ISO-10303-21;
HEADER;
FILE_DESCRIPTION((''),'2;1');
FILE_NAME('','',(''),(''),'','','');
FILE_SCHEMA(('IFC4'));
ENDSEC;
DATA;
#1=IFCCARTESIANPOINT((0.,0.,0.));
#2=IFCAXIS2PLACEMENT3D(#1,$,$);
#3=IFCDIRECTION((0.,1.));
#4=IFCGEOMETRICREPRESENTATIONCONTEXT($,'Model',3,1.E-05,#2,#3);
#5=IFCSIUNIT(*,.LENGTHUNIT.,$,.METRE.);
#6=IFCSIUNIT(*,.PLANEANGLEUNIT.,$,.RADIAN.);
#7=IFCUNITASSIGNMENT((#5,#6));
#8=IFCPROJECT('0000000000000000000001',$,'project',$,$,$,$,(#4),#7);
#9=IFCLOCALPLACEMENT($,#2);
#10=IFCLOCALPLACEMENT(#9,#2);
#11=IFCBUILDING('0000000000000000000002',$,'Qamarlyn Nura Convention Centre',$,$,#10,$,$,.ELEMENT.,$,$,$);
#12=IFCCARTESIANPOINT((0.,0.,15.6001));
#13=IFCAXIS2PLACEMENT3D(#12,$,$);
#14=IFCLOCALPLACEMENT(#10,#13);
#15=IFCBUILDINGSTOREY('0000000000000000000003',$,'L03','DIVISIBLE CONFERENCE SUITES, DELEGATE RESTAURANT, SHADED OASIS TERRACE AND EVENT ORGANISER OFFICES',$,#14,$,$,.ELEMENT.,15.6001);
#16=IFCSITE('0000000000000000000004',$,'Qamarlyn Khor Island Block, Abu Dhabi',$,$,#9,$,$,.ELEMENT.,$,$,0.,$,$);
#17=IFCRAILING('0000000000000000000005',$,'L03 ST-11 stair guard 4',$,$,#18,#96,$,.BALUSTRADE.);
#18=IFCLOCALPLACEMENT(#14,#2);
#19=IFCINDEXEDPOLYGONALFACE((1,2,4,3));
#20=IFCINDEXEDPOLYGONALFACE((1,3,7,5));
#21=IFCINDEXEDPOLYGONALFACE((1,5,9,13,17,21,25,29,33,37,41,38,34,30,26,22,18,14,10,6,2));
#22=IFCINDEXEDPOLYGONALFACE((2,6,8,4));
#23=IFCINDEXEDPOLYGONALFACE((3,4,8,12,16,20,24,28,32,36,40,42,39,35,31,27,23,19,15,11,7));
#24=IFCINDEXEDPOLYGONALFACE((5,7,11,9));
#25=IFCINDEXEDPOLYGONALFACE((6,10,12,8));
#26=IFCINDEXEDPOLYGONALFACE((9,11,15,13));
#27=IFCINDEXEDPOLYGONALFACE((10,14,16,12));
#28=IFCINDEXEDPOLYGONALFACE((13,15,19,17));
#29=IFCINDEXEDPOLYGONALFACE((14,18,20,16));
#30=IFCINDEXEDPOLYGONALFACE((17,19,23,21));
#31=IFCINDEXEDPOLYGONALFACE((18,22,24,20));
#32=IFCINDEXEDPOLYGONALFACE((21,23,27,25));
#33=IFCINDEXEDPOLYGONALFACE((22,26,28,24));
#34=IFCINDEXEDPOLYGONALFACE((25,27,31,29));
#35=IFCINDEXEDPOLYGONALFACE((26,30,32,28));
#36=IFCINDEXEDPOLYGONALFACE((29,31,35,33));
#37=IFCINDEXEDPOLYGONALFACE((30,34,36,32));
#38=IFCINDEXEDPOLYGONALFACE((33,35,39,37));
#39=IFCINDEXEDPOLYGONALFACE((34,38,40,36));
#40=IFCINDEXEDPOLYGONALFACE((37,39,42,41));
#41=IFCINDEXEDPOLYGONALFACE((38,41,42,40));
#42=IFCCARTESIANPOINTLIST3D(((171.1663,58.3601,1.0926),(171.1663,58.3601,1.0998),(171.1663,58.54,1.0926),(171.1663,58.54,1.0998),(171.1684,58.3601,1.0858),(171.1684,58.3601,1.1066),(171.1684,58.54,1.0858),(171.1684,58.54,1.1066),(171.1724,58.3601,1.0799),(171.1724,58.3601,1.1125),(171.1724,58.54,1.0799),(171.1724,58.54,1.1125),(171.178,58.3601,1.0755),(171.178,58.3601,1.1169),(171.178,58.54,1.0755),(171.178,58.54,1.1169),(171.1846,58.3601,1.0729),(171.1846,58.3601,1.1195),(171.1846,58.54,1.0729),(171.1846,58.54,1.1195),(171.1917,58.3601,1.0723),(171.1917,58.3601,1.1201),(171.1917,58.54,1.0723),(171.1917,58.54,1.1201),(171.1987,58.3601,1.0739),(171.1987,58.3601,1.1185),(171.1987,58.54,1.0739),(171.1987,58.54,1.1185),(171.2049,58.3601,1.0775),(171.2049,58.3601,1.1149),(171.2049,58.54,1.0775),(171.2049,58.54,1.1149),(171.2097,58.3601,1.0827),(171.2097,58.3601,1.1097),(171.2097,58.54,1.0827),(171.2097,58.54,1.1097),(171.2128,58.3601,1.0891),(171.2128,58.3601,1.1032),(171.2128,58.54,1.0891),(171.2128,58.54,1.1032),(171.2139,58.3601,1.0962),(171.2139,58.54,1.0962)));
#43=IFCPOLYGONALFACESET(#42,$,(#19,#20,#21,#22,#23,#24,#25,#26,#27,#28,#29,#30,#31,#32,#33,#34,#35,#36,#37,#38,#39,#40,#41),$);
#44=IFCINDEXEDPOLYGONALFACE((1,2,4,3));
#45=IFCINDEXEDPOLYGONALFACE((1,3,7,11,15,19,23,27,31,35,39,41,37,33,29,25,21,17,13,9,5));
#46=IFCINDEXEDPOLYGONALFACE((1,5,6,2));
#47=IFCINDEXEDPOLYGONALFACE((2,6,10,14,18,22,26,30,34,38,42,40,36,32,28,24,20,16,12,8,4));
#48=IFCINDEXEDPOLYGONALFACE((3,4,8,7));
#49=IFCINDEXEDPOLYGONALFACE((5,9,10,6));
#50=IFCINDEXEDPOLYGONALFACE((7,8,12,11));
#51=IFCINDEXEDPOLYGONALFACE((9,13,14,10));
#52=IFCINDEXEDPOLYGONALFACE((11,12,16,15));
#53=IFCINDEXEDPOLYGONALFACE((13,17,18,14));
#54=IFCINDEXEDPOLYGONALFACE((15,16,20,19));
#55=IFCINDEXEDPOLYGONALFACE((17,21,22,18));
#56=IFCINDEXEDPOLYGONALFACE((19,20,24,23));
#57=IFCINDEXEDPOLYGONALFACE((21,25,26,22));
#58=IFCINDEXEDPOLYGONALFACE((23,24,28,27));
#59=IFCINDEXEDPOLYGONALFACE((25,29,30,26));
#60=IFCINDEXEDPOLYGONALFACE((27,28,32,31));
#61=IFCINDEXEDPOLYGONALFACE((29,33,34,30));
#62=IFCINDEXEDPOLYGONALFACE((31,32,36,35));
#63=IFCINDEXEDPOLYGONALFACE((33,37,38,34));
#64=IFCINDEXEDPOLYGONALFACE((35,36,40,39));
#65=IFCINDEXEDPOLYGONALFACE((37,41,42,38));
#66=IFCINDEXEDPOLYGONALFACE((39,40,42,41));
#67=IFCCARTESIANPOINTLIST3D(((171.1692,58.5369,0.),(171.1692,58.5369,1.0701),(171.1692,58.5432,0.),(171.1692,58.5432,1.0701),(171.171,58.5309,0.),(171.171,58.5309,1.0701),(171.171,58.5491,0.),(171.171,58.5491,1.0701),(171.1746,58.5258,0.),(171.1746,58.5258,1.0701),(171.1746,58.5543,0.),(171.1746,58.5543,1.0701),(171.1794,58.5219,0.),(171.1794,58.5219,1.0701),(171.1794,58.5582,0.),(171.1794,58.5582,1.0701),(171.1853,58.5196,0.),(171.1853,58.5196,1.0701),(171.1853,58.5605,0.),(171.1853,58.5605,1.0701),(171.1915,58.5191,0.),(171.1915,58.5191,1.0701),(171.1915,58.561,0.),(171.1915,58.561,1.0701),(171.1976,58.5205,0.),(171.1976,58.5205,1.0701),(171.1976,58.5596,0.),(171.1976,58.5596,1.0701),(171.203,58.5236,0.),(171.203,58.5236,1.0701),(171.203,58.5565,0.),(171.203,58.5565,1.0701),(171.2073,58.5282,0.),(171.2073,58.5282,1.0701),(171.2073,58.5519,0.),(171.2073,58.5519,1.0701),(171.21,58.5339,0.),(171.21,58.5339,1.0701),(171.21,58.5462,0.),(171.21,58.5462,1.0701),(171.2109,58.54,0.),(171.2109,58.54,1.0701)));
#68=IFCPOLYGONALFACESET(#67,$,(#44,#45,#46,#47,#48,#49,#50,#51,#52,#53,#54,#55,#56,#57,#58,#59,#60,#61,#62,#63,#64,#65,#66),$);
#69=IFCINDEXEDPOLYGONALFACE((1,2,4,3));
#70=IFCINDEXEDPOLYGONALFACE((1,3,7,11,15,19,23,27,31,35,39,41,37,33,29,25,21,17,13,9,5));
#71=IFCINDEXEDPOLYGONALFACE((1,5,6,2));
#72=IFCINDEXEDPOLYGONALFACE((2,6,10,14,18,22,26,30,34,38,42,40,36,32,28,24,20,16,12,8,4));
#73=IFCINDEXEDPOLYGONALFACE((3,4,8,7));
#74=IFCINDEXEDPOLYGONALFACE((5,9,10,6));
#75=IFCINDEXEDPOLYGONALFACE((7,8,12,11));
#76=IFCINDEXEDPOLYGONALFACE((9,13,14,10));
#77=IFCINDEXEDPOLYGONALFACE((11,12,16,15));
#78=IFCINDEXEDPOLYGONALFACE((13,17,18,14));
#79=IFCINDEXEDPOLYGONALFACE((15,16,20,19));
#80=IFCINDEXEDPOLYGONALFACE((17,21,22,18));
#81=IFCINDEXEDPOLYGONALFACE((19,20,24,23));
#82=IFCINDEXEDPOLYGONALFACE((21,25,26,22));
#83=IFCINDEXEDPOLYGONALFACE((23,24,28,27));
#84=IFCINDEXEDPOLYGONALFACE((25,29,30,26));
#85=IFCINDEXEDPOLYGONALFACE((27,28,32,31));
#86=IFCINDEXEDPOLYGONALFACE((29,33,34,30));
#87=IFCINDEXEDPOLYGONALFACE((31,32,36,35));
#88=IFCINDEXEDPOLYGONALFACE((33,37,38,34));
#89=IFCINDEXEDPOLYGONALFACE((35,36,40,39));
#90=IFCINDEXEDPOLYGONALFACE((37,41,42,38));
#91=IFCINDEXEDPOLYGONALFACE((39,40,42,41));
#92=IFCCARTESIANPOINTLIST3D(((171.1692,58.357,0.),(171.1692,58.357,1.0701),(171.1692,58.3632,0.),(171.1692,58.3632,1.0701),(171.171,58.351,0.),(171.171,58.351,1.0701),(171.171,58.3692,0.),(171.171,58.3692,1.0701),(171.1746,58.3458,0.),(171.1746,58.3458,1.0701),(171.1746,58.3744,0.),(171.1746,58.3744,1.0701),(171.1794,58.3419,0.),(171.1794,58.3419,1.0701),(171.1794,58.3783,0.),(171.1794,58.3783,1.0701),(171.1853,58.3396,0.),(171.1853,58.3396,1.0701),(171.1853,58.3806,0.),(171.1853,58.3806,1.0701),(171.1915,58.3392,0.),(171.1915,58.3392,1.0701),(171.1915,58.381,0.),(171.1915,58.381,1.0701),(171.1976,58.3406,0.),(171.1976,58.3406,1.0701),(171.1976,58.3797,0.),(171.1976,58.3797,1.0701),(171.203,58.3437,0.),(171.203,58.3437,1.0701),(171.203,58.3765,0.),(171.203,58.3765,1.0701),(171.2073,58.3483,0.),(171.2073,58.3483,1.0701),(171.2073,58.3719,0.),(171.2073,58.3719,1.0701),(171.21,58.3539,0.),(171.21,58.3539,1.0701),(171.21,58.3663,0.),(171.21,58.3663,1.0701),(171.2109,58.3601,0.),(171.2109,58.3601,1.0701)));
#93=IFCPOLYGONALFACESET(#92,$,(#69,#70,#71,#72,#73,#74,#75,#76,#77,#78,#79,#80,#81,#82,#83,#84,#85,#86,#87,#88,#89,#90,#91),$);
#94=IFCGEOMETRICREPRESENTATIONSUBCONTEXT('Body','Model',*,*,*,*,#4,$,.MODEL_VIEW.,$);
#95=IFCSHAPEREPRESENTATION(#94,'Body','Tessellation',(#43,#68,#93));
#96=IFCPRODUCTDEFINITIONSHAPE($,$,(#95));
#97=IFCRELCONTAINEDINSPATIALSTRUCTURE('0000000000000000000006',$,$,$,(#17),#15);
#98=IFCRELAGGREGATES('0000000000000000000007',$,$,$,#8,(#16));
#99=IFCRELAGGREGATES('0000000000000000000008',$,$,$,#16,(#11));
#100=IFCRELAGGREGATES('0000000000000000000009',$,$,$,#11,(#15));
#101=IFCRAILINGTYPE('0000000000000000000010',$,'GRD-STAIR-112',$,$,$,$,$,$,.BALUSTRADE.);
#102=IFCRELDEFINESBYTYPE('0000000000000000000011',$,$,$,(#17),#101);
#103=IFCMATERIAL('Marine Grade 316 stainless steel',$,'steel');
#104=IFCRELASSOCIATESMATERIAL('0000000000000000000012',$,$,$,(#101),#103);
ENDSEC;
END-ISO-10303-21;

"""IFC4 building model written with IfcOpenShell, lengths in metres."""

from ifc_helpers import new_model, si_unit, direction, frame, origin, origin_2d, place, context, subcontext, project, spatial, circle, extrude, material, type_object, element, save


model = new_model("IFC4")

# Units and contexts
model_context = context("Model", 3, precision=1e-05, world=origin(), true_north=direction((0.0, 1.0)))
body_context = subcontext(model_context, "Body", "Model", "MODEL_VIEW")
ifc_project = project(units=[si_unit("LENGTHUNIT", "METRE"), si_unit("PLANEANGLEUNIT", "RADIAN")], contexts=[model_context])

# Site, building, storey
site_placement = place(None, origin())
site = spatial("IfcSite", under=ifc_project, at=site_placement, Name="Qamarlyn Khor Island Block, Abu Dhabi", CompositionType="ELEMENT", RefElevation=0.0)
building_placement = place(site_placement, origin())
building = spatial("IfcBuilding", under=site, at=building_placement, Name="Qamarlyn Nura Convention Centre", CompositionType="ELEMENT")
storey_placement = place(building_placement, frame((0.0, 0.0, 15.6001)))
storey = spatial("IfcBuildingStorey", under=building, at=storey_placement, Name="L03", Description="DIVISIBLE CONFERENCE SUITES, DELEGATE RESTAURANT, SHADED OASIS TERRACE AND EVENT ORGANISER OFFICES", CompositionType="ELEMENT", Elevation=15.6001)

# Railing
ifc_material_1 = material(Name="Marine Grade 316 stainless steel", Category="steel")
railing_type_1 = type_object("IfcRailingType", Name="GRD-STAIR-112", PredefinedType="BALUSTRADE", material=ifc_material_1)
railing_1_placement = place(storey_placement, frame((171.1899, 58.54, 0.0)))
element("IfcRailing", 1, at=railing_1_placement, inside=storey, type_object=railing_type_1, Name="L03 ST-11 stair guard 4", PredefinedType="BALUSTRADE", context=body_context, shape_type="SweptSolid", body=[
    extrude(circle(Radius=0.0239, at=origin_2d()), frame((0.0, 0.0, 1.0962), z_axis=(0.0, -1.0, 0.0), x_axis=(1.0, 0.0, 0.0)), (0.0, 0.0, 1.0), 0.1799),
    extrude(circle(Radius=0.021, at=origin_2d()), origin(), (0.0, 0.0, 1.0), 1.0701),
    extrude(circle(Radius=0.021, at=origin_2d()), frame((0.0, -0.1799, 0.0)), (0.0, 0.0, 1.0), 1.0701),
])

save(model, "model.ifc")
